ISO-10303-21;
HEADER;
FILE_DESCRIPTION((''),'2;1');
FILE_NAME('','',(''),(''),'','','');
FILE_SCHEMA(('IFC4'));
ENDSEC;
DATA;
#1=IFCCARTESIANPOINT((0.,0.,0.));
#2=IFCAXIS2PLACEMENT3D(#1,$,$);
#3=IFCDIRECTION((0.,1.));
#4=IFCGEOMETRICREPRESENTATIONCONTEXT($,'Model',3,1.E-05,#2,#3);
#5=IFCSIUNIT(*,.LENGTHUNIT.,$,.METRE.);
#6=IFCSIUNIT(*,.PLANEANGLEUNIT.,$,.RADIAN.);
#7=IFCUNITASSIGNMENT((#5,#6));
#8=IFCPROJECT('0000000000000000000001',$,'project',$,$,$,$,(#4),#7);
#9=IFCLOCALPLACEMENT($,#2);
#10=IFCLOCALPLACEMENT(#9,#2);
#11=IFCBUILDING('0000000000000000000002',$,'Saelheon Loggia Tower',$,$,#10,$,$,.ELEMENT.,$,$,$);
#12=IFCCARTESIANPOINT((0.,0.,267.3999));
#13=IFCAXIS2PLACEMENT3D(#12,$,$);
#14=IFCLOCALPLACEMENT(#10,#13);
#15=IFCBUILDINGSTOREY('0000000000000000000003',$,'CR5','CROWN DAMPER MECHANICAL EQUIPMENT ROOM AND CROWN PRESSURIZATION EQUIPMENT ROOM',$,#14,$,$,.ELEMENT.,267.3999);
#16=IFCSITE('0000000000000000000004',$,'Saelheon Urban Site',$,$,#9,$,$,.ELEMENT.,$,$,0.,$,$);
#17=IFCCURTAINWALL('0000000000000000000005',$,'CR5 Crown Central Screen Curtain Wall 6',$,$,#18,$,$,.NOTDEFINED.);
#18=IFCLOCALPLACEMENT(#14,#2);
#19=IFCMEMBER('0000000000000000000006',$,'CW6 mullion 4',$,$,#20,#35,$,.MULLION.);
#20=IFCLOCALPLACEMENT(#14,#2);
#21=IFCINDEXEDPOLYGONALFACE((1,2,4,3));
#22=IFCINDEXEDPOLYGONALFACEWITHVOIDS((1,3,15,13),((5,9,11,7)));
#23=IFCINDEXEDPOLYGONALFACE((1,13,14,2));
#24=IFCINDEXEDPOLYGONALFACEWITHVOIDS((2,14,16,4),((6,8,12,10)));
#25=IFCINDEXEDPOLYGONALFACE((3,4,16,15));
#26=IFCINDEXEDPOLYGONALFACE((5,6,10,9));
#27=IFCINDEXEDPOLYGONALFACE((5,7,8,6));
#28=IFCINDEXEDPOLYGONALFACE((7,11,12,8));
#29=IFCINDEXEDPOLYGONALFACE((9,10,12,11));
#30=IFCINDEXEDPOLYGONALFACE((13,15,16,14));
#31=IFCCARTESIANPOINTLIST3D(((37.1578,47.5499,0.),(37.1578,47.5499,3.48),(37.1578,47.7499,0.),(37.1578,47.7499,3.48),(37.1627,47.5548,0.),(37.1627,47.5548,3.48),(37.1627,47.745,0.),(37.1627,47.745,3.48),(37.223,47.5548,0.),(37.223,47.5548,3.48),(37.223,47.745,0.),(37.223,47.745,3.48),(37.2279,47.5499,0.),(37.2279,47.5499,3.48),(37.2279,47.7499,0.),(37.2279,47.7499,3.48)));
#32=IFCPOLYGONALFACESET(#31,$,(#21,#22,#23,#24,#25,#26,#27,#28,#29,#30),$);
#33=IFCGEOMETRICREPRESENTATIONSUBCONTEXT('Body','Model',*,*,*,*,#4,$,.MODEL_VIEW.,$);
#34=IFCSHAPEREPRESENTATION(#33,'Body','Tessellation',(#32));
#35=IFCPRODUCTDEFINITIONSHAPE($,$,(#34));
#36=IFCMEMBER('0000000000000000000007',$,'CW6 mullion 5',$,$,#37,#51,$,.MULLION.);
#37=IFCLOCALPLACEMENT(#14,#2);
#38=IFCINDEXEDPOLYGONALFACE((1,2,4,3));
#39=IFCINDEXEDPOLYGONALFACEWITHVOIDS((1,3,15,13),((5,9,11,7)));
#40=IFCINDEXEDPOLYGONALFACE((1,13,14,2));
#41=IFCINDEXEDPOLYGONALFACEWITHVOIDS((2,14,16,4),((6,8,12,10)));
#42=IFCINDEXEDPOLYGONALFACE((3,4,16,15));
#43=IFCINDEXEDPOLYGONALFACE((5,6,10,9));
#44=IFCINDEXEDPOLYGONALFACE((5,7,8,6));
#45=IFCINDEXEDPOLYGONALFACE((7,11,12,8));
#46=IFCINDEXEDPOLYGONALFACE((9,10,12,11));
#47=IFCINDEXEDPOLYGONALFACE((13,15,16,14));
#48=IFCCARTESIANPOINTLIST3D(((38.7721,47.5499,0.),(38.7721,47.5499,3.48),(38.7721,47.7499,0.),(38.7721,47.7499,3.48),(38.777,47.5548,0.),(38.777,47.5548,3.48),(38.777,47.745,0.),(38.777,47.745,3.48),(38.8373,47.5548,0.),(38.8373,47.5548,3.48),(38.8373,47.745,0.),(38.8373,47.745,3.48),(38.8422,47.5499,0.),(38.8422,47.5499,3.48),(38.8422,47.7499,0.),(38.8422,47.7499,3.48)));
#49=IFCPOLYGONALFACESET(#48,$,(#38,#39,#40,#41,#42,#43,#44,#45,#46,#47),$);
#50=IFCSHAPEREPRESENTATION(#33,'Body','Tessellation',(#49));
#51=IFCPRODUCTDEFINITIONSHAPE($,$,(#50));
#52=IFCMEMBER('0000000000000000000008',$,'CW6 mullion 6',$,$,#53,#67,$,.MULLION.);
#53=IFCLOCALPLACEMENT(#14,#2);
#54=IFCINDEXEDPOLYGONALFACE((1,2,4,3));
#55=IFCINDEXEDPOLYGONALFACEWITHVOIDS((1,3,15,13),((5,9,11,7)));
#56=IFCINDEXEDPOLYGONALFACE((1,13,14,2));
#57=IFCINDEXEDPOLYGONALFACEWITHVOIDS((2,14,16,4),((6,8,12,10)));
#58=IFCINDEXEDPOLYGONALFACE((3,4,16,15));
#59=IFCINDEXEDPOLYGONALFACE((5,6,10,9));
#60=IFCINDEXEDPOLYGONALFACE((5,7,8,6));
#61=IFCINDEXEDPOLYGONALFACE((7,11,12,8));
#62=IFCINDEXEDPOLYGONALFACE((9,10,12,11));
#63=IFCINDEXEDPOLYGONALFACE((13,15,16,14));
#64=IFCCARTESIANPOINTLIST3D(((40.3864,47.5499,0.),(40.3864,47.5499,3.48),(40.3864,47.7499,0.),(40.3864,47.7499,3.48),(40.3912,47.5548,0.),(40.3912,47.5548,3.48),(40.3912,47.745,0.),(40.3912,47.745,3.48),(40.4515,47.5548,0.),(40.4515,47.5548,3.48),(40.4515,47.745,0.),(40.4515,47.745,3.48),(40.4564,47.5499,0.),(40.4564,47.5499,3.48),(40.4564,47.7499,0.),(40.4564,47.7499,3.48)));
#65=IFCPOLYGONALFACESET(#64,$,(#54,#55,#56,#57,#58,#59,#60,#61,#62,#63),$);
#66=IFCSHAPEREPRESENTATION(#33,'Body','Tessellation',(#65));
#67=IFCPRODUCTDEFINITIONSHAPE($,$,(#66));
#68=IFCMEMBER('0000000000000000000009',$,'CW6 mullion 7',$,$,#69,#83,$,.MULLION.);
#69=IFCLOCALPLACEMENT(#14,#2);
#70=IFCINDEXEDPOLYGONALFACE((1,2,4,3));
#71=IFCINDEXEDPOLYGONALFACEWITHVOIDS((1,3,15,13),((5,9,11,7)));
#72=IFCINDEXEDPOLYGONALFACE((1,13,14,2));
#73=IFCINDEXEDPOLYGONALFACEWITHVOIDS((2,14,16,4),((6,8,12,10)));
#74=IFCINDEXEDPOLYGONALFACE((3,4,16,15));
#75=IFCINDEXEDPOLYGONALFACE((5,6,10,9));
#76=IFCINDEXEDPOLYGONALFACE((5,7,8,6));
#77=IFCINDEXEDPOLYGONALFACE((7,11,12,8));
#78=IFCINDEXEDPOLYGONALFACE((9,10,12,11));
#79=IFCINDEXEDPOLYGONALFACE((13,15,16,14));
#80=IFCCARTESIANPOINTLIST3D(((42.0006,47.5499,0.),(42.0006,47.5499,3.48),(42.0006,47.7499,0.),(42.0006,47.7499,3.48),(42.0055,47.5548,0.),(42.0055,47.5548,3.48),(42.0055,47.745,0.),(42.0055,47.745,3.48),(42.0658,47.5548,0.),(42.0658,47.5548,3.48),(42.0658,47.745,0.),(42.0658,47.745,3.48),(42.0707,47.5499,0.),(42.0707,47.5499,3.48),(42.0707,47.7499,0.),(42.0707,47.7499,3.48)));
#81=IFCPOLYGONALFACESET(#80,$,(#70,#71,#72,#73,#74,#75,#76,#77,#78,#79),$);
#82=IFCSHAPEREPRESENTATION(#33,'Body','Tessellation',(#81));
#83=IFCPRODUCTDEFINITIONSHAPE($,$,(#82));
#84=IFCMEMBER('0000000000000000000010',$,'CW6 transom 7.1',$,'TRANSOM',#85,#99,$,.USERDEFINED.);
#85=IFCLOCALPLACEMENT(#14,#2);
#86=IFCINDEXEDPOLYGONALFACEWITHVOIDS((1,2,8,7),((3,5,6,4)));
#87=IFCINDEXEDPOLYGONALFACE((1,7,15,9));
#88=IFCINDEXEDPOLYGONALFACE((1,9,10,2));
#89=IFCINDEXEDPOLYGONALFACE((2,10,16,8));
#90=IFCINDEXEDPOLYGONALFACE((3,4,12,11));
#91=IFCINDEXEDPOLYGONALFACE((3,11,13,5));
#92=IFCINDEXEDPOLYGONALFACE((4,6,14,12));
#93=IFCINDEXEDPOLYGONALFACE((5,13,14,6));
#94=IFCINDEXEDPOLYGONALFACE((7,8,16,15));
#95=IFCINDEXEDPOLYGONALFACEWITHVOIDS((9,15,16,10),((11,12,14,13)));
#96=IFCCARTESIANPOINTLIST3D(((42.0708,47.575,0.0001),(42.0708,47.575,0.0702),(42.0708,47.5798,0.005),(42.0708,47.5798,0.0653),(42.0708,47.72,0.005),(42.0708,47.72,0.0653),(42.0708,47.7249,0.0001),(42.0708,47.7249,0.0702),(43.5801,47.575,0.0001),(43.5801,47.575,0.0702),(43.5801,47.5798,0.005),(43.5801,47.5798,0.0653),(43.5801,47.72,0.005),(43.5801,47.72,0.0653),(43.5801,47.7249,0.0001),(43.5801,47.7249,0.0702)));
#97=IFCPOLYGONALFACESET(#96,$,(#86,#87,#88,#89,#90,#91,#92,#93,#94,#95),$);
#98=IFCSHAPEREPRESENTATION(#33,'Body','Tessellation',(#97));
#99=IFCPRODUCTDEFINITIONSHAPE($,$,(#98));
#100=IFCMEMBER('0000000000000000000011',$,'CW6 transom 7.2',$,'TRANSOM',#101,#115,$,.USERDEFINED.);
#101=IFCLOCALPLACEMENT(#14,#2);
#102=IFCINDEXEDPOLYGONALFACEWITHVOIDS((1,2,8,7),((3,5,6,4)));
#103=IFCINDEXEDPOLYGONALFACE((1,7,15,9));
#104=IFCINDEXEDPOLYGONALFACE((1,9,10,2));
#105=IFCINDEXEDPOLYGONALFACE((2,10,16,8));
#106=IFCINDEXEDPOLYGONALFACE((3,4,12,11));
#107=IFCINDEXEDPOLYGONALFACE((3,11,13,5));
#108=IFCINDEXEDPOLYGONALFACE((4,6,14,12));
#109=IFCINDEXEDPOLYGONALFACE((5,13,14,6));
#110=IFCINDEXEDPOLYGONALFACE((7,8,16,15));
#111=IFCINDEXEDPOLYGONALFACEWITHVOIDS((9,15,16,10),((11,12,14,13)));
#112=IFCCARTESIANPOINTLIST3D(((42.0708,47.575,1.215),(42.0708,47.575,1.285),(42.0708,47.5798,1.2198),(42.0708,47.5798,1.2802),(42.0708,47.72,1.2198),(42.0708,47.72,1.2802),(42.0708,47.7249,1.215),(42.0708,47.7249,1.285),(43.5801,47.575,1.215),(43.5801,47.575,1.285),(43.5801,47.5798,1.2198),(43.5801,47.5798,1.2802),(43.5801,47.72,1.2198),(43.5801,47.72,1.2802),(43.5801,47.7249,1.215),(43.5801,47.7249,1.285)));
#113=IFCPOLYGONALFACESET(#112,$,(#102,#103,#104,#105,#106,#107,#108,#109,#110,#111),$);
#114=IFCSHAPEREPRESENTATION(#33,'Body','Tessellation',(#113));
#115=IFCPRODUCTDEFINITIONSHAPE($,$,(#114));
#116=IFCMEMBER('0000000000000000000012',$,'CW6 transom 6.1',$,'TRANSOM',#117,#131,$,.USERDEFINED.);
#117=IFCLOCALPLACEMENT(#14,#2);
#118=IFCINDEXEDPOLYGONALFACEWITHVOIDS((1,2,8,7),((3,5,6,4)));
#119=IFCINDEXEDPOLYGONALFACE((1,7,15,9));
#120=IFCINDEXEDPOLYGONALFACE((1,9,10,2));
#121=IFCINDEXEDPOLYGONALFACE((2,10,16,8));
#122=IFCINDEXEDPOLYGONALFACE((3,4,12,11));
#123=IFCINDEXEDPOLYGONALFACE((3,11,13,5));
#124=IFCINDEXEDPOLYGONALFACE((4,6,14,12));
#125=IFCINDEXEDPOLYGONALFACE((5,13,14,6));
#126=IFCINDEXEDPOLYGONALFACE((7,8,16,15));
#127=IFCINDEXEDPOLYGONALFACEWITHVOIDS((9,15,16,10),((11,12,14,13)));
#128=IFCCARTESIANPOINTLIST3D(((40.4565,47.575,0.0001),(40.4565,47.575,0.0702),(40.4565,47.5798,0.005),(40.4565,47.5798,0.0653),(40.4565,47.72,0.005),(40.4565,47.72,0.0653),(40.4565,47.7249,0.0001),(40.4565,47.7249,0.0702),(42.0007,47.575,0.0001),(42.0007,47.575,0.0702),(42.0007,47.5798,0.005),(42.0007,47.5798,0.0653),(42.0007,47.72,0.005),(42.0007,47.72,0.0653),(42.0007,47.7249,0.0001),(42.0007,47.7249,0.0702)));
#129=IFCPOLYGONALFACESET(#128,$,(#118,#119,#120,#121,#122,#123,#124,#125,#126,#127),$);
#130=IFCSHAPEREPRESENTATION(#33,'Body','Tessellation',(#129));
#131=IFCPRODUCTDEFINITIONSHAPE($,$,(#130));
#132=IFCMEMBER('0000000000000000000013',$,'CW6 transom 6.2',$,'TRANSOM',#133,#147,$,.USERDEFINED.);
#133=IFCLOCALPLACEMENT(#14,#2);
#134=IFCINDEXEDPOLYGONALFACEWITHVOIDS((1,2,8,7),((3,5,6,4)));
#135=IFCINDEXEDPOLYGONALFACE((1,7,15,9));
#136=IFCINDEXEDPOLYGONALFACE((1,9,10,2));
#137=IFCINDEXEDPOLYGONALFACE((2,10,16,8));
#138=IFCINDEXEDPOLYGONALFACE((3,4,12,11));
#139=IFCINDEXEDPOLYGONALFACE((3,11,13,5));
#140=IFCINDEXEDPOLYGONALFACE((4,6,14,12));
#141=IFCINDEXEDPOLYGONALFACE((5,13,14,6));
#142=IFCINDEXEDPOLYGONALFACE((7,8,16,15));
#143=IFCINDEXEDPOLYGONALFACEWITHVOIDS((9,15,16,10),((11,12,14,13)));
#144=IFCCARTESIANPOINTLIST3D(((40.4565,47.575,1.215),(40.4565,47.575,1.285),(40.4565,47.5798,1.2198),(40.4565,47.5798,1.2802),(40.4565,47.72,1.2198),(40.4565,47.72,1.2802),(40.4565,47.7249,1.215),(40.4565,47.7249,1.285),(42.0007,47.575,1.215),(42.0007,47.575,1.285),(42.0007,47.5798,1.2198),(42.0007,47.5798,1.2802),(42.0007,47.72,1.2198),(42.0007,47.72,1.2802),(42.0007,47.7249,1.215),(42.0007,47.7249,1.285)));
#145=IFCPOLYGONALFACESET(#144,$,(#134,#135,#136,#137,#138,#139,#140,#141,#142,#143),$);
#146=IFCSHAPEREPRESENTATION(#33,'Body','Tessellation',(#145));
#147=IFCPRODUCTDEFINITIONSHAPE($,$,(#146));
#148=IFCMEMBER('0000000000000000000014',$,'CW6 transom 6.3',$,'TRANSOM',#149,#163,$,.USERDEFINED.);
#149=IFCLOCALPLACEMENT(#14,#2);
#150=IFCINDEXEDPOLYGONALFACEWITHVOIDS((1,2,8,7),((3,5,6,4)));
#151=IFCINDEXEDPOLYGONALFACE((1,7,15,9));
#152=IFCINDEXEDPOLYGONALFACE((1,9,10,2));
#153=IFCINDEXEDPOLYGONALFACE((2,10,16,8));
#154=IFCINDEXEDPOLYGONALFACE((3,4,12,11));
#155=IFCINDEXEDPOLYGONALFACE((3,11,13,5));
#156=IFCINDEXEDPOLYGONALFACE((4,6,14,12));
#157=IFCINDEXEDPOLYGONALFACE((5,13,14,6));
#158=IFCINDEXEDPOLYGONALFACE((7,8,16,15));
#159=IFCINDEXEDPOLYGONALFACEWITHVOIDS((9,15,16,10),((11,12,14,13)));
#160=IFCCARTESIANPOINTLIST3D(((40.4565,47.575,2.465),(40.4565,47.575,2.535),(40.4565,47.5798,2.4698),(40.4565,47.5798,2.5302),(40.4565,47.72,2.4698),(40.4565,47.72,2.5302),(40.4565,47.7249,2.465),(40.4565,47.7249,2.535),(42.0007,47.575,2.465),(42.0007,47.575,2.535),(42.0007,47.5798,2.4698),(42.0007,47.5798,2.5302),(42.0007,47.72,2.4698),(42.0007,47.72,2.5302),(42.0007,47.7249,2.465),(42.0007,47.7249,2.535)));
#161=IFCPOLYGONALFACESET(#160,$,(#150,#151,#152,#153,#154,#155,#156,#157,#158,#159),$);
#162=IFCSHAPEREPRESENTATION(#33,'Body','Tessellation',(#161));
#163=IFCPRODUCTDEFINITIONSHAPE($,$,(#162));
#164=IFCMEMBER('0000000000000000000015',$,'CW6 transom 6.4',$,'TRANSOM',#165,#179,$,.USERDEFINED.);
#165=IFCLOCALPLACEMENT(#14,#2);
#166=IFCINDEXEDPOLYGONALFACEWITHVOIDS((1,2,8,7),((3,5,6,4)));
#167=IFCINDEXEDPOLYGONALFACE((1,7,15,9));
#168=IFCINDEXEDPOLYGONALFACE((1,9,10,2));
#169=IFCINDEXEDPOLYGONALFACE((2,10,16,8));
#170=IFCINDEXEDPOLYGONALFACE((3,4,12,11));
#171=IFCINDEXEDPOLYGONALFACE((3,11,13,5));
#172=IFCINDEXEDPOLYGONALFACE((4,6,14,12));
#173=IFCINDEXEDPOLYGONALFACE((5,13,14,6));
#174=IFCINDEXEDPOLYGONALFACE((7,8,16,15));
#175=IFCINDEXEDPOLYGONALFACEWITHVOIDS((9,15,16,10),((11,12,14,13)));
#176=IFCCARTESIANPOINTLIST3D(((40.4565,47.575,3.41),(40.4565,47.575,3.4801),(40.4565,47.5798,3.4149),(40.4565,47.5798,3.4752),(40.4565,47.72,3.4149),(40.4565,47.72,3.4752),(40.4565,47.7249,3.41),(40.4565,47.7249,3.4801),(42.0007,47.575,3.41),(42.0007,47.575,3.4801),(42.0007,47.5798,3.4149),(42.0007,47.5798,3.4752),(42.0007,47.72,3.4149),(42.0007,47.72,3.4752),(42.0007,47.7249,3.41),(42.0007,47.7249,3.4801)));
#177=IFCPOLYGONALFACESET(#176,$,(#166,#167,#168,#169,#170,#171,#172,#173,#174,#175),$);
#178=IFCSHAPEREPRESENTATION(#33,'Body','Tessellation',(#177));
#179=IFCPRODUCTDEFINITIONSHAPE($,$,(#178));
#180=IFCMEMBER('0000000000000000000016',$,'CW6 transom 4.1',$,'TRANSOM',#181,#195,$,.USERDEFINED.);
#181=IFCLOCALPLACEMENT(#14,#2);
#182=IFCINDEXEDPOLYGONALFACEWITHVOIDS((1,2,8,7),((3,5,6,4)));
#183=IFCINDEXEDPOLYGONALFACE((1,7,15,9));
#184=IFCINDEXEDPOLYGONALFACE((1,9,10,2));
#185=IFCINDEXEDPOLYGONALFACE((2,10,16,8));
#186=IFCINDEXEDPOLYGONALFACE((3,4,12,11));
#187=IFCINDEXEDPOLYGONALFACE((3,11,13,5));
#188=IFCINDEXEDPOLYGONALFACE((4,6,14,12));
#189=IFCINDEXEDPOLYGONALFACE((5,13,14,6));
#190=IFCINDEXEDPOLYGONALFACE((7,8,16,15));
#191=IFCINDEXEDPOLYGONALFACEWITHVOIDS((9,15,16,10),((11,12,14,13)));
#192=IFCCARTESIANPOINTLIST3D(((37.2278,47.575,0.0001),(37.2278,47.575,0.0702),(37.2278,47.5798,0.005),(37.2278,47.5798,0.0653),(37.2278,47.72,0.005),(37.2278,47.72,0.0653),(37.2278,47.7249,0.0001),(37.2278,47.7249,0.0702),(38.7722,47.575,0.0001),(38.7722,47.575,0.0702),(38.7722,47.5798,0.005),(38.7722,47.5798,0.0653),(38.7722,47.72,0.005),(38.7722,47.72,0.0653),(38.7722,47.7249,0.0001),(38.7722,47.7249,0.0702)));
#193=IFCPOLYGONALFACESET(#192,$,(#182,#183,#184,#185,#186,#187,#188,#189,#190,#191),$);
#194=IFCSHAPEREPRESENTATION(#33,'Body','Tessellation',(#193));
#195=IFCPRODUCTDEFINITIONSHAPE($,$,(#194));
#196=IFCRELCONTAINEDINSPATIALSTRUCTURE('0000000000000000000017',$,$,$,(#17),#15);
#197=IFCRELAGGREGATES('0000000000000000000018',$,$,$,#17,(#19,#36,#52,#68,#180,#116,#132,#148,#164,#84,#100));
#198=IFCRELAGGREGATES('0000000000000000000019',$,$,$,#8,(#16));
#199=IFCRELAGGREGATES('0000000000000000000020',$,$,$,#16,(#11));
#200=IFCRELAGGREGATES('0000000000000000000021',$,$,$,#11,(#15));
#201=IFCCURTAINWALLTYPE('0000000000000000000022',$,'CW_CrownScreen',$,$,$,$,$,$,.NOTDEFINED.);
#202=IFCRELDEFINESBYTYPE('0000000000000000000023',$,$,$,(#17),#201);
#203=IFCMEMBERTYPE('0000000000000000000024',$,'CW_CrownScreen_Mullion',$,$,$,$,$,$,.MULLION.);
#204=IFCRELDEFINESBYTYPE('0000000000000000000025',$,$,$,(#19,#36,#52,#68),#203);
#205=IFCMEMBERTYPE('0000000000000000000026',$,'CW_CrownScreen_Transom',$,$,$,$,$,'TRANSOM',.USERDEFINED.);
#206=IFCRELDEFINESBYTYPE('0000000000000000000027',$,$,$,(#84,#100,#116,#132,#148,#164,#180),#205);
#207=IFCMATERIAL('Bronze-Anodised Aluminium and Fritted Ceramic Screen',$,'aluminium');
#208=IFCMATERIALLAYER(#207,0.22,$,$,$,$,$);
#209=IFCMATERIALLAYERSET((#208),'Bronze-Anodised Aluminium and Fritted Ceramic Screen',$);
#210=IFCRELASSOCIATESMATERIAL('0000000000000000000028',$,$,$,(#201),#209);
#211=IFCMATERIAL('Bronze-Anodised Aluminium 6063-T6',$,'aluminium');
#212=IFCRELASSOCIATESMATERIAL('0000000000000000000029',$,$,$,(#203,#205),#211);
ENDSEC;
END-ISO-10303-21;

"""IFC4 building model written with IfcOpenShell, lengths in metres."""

from ifc_helpers import new_model, si_unit, direction, frame, origin, origin_2d, place, context, subcontext, project, spatial, hollow_rectangle, extrude, source, transform, mapped, material, layer, layer_set, material_profile, profile_set, type_object, element, aggregate, save


model = new_model("IFC4")

# Units and contexts
model_context = context("Model", 3, precision=1e-05, world=origin(), true_north=direction((0.0, 1.0)))
body_context = subcontext(model_context, "Body", "Model", "MODEL_VIEW")
ifc_project = project(units=[si_unit("LENGTHUNIT", "METRE"), si_unit("PLANEANGLEUNIT", "RADIAN")], contexts=[model_context])

# Site, building, storey
site_placement = place(None, origin())
site = spatial("IfcSite", under=ifc_project, at=site_placement, Name="Saelheon Urban Site", CompositionType="ELEMENT", RefElevation=0.0)
building_placement = place(site_placement, origin())
building = spatial("IfcBuilding", under=site, at=building_placement, Name="Saelheon Loggia Tower", CompositionType="ELEMENT")
storey_placement = place(building_placement, frame((0.0, 0.0, 267.3999)))
storey = spatial("IfcBuildingStorey", under=building, at=storey_placement, Name="CR5", Description="CROWN DAMPER MECHANICAL EQUIPMENT ROOM AND CROWN PRESSURIZATION EQUIPMENT ROOM", CompositionType="ELEMENT", Elevation=267.3999)

# Curtain wall, members
ifc_material_1 = material(Name="Bronze-Anodised Aluminium and Fritted Ceramic Screen", Category="aluminium")
ifc_layer_1 = layer(ifc_material_1, 0.22)
ifc_layer_set_1 = layer_set([ifc_layer_1], Name="Bronze-Anodised Aluminium and Fritted Ceramic Screen")
curtain_wall_type = type_object("IfcCurtainWallType", Name="CW_CrownScreen", PredefinedType="NOTDEFINED", material=ifc_layer_set_1)
curtain_wall_placement = place(storey_placement, origin())
curtain_wall = element("IfcCurtainWall", 1, at=curtain_wall_placement, inside=storey, type_object=curtain_wall_type, Name="CR5 Crown Central Screen Curtain Wall 6", PredefinedType="NOTDEFINED")
ifc_material_2 = material(Name="Bronze-Anodised Aluminium 6063-T6", Category="aluminium")
ifc_material_profile_1 = material_profile(ifc_material_2, hollow_rectangle(XDim=0.0701, YDim=0.2, WallThickness=0.0049, at=origin_2d()), Name="RHS-200x70x5")
ifc_profile_set_1 = profile_set([ifc_material_profile_1], Name="Bronze-Anodised Aluminium 6063-T6")
member_type_1 = type_object("IfcMemberType", Name="CW_CrownScreen_Mullion", PredefinedType="MULLION", material=ifc_profile_set_1)
shared_shape_1 = source(origin(), body_context, "Body", "SweptSolid", [
    extrude(hollow_rectangle(XDim=0.0701, YDim=0.2, WallThickness=0.0049, at=origin_2d()), origin(), (0.0, 0.0, 1.0), 3.48),
])
member_1_placement = place(storey_placement, frame((37.1929, 47.6499, 0.0), z_axis=(0.0, 0.0, 1.0), x_axis=(1.0, 0.0, 0.0)))
member_1 = element("IfcMember", 2, at=member_1_placement, type_object=member_type_1, Name="CW6 mullion 4", PredefinedType="MULLION", context=body_context, shape_type="MappedRepresentation", body=[
    mapped(shared_shape_1, transform((0.0, 0.0, 0.0), scale=1.0)),
])
member_2_placement = place(storey_placement, frame((38.8071, 47.6499, 0.0), z_axis=(0.0, 0.0, 1.0), x_axis=(1.0, 0.0, 0.0)))
member_2 = element("IfcMember", 3, at=member_2_placement, type_object=member_type_1, Name="CW6 mullion 5", PredefinedType="MULLION", context=body_context, shape_type="MappedRepresentation", body=[
    mapped(shared_shape_1, transform((0.0, 0.0, 0.0), scale=1.0)),
])
member_3_placement = place(storey_placement, frame((40.4214, 47.6499, 0.0), z_axis=(0.0, 0.0, 1.0), x_axis=(1.0, 0.0, 0.0)))
member_3 = element("IfcMember", 4, at=member_3_placement, type_object=member_type_1, Name="CW6 mullion 6", PredefinedType="MULLION", context=body_context, shape_type="MappedRepresentation", body=[
    mapped(shared_shape_1, transform((0.0, 0.0, 0.0), scale=1.0)),
])
member_4_placement = place(storey_placement, frame((42.0356, 47.6499, 0.0), z_axis=(0.0, 0.0, 1.0), x_axis=(1.0, 0.0, 0.0)))
member_4 = element("IfcMember", 5, at=member_4_placement, type_object=member_type_1, Name="CW6 mullion 7", PredefinedType="MULLION", context=body_context, shape_type="MappedRepresentation", body=[
    mapped(shared_shape_1, transform((0.0, 0.0, 0.0), scale=1.0)),
])
ifc_material_profile_2 = material_profile(ifc_material_2, hollow_rectangle(XDim=0.0701, YDim=0.1499, WallThickness=0.0049, at=origin_2d()), Name="RHS-150x70x5")
ifc_profile_set_2 = profile_set([ifc_material_profile_2], Name="Bronze-Anodised Aluminium 6063-T6")
member_type_2 = type_object("IfcMemberType", Name="CW_CrownScreen_Transom", ElementType="TRANSOM", PredefinedType="USERDEFINED", material=ifc_profile_set_2)
shared_shape_2 = source(origin(), body_context, "Body", "SweptSolid", [
    extrude(hollow_rectangle(XDim=0.0701, YDim=0.1499, WallThickness=0.0049, at=origin_2d()), origin(), (0.0, 0.0, 1.0), 1.5093),
])
member_5_placement = place(storey_placement, frame((42.0708, 47.6499, 0.0352), z_axis=(1.0, 0.0, 0.0), x_axis=(0.0, 0.0, 1.0)))
member_5 = element("IfcMember", 6, at=member_5_placement, type_object=member_type_2, Name="CW6 transom 7.1", ObjectType="TRANSOM", PredefinedType="USERDEFINED", context=body_context, shape_type="MappedRepresentation", body=[
    mapped(shared_shape_2, transform((0.0, 0.0, 0.0), scale=1.0)),
])
member_6_placement = place(storey_placement, frame((42.0708, 47.6499, 1.25), z_axis=(1.0, 0.0, 0.0), x_axis=(0.0, 0.0, 1.0)))
member_6 = element("IfcMember", 7, at=member_6_placement, type_object=member_type_2, Name="CW6 transom 7.2", ObjectType="TRANSOM", PredefinedType="USERDEFINED", context=body_context, shape_type="MappedRepresentation", body=[
    mapped(shared_shape_2, transform((0.0, 0.0, 0.0), scale=1.0)),
])
shared_shape_3 = source(origin(), body_context, "Body", "SweptSolid", [
    extrude(hollow_rectangle(XDim=0.0701, YDim=0.1499, WallThickness=0.0049, at=origin_2d()), origin(), (0.0, 0.0, 1.0), 1.5442),
])
member_7_placement = place(storey_placement, frame((40.4565, 47.6499, 0.0352), z_axis=(1.0, 0.0, 0.0), x_axis=(0.0, 0.0, 1.0)))
member_7 = element("IfcMember", 8, at=member_7_placement, type_object=member_type_2, Name="CW6 transom 6.1", ObjectType="TRANSOM", PredefinedType="USERDEFINED", context=body_context, shape_type="MappedRepresentation", body=[
    mapped(shared_shape_3, transform((0.0, 0.0, 0.0), scale=1.0)),
])
member_8_placement = place(storey_placement, frame((40.4565, 47.6499, 1.25), z_axis=(1.0, 0.0, 0.0), x_axis=(0.0, 0.0, 1.0)))
member_8 = element("IfcMember", 9, at=member_8_placement, type_object=member_type_2, Name="CW6 transom 6.2", ObjectType="TRANSOM", PredefinedType="USERDEFINED", context=body_context, shape_type="MappedRepresentation", body=[
    mapped(shared_shape_3, transform((0.0, 0.0, 0.0), scale=1.0)),
])
member_9_placement = place(storey_placement, frame((40.4565, 47.6499, 2.5), z_axis=(1.0, 0.0, 0.0), x_axis=(0.0, 0.0, 1.0)))
member_9 = element("IfcMember", 10, at=member_9_placement, type_object=member_type_2, Name="CW6 transom 6.3", ObjectType="TRANSOM", PredefinedType="USERDEFINED", context=body_context, shape_type="MappedRepresentation", body=[
    mapped(shared_shape_3, transform((0.0, 0.0, 0.0), scale=1.0)),
])
member_10_placement = place(storey_placement, frame((40.4565, 47.6499, 3.4451), z_axis=(1.0, 0.0, 0.0), x_axis=(0.0, 0.0, 1.0)))
member_10 = element("IfcMember", 11, at=member_10_placement, type_object=member_type_2, Name="CW6 transom 6.4", ObjectType="TRANSOM", PredefinedType="USERDEFINED", context=body_context, shape_type="MappedRepresentation", body=[
    mapped(shared_shape_3, transform((0.0, 0.0, 0.0), scale=1.0)),
])
shared_shape_4 = source(origin(), body_context, "Body", "SweptSolid", [
    extrude(hollow_rectangle(XDim=0.0701, YDim=0.1499, WallThickness=0.0049, at=origin_2d()), origin(), (0.0, 0.0, 1.0), 1.5444),
])
member_11_placement = place(storey_placement, frame((37.2278, 47.6499, 0.0352), z_axis=(1.0, 0.0, 0.0), x_axis=(0.0, 0.0, 1.0)))
member_11 = element("IfcMember", 12, at=member_11_placement, type_object=member_type_2, Name="CW6 transom 4.1", ObjectType="TRANSOM", PredefinedType="USERDEFINED", context=body_context, shape_type="MappedRepresentation", body=[
    mapped(shared_shape_4, transform((0.0, 0.0, 0.0), scale=1.0)),
])
aggregate(curtain_wall, [member_1, member_2, member_3, member_4, member_11, member_7, member_8, member_9, member_10, member_5, member_6])

save(model, "model.ifc")
